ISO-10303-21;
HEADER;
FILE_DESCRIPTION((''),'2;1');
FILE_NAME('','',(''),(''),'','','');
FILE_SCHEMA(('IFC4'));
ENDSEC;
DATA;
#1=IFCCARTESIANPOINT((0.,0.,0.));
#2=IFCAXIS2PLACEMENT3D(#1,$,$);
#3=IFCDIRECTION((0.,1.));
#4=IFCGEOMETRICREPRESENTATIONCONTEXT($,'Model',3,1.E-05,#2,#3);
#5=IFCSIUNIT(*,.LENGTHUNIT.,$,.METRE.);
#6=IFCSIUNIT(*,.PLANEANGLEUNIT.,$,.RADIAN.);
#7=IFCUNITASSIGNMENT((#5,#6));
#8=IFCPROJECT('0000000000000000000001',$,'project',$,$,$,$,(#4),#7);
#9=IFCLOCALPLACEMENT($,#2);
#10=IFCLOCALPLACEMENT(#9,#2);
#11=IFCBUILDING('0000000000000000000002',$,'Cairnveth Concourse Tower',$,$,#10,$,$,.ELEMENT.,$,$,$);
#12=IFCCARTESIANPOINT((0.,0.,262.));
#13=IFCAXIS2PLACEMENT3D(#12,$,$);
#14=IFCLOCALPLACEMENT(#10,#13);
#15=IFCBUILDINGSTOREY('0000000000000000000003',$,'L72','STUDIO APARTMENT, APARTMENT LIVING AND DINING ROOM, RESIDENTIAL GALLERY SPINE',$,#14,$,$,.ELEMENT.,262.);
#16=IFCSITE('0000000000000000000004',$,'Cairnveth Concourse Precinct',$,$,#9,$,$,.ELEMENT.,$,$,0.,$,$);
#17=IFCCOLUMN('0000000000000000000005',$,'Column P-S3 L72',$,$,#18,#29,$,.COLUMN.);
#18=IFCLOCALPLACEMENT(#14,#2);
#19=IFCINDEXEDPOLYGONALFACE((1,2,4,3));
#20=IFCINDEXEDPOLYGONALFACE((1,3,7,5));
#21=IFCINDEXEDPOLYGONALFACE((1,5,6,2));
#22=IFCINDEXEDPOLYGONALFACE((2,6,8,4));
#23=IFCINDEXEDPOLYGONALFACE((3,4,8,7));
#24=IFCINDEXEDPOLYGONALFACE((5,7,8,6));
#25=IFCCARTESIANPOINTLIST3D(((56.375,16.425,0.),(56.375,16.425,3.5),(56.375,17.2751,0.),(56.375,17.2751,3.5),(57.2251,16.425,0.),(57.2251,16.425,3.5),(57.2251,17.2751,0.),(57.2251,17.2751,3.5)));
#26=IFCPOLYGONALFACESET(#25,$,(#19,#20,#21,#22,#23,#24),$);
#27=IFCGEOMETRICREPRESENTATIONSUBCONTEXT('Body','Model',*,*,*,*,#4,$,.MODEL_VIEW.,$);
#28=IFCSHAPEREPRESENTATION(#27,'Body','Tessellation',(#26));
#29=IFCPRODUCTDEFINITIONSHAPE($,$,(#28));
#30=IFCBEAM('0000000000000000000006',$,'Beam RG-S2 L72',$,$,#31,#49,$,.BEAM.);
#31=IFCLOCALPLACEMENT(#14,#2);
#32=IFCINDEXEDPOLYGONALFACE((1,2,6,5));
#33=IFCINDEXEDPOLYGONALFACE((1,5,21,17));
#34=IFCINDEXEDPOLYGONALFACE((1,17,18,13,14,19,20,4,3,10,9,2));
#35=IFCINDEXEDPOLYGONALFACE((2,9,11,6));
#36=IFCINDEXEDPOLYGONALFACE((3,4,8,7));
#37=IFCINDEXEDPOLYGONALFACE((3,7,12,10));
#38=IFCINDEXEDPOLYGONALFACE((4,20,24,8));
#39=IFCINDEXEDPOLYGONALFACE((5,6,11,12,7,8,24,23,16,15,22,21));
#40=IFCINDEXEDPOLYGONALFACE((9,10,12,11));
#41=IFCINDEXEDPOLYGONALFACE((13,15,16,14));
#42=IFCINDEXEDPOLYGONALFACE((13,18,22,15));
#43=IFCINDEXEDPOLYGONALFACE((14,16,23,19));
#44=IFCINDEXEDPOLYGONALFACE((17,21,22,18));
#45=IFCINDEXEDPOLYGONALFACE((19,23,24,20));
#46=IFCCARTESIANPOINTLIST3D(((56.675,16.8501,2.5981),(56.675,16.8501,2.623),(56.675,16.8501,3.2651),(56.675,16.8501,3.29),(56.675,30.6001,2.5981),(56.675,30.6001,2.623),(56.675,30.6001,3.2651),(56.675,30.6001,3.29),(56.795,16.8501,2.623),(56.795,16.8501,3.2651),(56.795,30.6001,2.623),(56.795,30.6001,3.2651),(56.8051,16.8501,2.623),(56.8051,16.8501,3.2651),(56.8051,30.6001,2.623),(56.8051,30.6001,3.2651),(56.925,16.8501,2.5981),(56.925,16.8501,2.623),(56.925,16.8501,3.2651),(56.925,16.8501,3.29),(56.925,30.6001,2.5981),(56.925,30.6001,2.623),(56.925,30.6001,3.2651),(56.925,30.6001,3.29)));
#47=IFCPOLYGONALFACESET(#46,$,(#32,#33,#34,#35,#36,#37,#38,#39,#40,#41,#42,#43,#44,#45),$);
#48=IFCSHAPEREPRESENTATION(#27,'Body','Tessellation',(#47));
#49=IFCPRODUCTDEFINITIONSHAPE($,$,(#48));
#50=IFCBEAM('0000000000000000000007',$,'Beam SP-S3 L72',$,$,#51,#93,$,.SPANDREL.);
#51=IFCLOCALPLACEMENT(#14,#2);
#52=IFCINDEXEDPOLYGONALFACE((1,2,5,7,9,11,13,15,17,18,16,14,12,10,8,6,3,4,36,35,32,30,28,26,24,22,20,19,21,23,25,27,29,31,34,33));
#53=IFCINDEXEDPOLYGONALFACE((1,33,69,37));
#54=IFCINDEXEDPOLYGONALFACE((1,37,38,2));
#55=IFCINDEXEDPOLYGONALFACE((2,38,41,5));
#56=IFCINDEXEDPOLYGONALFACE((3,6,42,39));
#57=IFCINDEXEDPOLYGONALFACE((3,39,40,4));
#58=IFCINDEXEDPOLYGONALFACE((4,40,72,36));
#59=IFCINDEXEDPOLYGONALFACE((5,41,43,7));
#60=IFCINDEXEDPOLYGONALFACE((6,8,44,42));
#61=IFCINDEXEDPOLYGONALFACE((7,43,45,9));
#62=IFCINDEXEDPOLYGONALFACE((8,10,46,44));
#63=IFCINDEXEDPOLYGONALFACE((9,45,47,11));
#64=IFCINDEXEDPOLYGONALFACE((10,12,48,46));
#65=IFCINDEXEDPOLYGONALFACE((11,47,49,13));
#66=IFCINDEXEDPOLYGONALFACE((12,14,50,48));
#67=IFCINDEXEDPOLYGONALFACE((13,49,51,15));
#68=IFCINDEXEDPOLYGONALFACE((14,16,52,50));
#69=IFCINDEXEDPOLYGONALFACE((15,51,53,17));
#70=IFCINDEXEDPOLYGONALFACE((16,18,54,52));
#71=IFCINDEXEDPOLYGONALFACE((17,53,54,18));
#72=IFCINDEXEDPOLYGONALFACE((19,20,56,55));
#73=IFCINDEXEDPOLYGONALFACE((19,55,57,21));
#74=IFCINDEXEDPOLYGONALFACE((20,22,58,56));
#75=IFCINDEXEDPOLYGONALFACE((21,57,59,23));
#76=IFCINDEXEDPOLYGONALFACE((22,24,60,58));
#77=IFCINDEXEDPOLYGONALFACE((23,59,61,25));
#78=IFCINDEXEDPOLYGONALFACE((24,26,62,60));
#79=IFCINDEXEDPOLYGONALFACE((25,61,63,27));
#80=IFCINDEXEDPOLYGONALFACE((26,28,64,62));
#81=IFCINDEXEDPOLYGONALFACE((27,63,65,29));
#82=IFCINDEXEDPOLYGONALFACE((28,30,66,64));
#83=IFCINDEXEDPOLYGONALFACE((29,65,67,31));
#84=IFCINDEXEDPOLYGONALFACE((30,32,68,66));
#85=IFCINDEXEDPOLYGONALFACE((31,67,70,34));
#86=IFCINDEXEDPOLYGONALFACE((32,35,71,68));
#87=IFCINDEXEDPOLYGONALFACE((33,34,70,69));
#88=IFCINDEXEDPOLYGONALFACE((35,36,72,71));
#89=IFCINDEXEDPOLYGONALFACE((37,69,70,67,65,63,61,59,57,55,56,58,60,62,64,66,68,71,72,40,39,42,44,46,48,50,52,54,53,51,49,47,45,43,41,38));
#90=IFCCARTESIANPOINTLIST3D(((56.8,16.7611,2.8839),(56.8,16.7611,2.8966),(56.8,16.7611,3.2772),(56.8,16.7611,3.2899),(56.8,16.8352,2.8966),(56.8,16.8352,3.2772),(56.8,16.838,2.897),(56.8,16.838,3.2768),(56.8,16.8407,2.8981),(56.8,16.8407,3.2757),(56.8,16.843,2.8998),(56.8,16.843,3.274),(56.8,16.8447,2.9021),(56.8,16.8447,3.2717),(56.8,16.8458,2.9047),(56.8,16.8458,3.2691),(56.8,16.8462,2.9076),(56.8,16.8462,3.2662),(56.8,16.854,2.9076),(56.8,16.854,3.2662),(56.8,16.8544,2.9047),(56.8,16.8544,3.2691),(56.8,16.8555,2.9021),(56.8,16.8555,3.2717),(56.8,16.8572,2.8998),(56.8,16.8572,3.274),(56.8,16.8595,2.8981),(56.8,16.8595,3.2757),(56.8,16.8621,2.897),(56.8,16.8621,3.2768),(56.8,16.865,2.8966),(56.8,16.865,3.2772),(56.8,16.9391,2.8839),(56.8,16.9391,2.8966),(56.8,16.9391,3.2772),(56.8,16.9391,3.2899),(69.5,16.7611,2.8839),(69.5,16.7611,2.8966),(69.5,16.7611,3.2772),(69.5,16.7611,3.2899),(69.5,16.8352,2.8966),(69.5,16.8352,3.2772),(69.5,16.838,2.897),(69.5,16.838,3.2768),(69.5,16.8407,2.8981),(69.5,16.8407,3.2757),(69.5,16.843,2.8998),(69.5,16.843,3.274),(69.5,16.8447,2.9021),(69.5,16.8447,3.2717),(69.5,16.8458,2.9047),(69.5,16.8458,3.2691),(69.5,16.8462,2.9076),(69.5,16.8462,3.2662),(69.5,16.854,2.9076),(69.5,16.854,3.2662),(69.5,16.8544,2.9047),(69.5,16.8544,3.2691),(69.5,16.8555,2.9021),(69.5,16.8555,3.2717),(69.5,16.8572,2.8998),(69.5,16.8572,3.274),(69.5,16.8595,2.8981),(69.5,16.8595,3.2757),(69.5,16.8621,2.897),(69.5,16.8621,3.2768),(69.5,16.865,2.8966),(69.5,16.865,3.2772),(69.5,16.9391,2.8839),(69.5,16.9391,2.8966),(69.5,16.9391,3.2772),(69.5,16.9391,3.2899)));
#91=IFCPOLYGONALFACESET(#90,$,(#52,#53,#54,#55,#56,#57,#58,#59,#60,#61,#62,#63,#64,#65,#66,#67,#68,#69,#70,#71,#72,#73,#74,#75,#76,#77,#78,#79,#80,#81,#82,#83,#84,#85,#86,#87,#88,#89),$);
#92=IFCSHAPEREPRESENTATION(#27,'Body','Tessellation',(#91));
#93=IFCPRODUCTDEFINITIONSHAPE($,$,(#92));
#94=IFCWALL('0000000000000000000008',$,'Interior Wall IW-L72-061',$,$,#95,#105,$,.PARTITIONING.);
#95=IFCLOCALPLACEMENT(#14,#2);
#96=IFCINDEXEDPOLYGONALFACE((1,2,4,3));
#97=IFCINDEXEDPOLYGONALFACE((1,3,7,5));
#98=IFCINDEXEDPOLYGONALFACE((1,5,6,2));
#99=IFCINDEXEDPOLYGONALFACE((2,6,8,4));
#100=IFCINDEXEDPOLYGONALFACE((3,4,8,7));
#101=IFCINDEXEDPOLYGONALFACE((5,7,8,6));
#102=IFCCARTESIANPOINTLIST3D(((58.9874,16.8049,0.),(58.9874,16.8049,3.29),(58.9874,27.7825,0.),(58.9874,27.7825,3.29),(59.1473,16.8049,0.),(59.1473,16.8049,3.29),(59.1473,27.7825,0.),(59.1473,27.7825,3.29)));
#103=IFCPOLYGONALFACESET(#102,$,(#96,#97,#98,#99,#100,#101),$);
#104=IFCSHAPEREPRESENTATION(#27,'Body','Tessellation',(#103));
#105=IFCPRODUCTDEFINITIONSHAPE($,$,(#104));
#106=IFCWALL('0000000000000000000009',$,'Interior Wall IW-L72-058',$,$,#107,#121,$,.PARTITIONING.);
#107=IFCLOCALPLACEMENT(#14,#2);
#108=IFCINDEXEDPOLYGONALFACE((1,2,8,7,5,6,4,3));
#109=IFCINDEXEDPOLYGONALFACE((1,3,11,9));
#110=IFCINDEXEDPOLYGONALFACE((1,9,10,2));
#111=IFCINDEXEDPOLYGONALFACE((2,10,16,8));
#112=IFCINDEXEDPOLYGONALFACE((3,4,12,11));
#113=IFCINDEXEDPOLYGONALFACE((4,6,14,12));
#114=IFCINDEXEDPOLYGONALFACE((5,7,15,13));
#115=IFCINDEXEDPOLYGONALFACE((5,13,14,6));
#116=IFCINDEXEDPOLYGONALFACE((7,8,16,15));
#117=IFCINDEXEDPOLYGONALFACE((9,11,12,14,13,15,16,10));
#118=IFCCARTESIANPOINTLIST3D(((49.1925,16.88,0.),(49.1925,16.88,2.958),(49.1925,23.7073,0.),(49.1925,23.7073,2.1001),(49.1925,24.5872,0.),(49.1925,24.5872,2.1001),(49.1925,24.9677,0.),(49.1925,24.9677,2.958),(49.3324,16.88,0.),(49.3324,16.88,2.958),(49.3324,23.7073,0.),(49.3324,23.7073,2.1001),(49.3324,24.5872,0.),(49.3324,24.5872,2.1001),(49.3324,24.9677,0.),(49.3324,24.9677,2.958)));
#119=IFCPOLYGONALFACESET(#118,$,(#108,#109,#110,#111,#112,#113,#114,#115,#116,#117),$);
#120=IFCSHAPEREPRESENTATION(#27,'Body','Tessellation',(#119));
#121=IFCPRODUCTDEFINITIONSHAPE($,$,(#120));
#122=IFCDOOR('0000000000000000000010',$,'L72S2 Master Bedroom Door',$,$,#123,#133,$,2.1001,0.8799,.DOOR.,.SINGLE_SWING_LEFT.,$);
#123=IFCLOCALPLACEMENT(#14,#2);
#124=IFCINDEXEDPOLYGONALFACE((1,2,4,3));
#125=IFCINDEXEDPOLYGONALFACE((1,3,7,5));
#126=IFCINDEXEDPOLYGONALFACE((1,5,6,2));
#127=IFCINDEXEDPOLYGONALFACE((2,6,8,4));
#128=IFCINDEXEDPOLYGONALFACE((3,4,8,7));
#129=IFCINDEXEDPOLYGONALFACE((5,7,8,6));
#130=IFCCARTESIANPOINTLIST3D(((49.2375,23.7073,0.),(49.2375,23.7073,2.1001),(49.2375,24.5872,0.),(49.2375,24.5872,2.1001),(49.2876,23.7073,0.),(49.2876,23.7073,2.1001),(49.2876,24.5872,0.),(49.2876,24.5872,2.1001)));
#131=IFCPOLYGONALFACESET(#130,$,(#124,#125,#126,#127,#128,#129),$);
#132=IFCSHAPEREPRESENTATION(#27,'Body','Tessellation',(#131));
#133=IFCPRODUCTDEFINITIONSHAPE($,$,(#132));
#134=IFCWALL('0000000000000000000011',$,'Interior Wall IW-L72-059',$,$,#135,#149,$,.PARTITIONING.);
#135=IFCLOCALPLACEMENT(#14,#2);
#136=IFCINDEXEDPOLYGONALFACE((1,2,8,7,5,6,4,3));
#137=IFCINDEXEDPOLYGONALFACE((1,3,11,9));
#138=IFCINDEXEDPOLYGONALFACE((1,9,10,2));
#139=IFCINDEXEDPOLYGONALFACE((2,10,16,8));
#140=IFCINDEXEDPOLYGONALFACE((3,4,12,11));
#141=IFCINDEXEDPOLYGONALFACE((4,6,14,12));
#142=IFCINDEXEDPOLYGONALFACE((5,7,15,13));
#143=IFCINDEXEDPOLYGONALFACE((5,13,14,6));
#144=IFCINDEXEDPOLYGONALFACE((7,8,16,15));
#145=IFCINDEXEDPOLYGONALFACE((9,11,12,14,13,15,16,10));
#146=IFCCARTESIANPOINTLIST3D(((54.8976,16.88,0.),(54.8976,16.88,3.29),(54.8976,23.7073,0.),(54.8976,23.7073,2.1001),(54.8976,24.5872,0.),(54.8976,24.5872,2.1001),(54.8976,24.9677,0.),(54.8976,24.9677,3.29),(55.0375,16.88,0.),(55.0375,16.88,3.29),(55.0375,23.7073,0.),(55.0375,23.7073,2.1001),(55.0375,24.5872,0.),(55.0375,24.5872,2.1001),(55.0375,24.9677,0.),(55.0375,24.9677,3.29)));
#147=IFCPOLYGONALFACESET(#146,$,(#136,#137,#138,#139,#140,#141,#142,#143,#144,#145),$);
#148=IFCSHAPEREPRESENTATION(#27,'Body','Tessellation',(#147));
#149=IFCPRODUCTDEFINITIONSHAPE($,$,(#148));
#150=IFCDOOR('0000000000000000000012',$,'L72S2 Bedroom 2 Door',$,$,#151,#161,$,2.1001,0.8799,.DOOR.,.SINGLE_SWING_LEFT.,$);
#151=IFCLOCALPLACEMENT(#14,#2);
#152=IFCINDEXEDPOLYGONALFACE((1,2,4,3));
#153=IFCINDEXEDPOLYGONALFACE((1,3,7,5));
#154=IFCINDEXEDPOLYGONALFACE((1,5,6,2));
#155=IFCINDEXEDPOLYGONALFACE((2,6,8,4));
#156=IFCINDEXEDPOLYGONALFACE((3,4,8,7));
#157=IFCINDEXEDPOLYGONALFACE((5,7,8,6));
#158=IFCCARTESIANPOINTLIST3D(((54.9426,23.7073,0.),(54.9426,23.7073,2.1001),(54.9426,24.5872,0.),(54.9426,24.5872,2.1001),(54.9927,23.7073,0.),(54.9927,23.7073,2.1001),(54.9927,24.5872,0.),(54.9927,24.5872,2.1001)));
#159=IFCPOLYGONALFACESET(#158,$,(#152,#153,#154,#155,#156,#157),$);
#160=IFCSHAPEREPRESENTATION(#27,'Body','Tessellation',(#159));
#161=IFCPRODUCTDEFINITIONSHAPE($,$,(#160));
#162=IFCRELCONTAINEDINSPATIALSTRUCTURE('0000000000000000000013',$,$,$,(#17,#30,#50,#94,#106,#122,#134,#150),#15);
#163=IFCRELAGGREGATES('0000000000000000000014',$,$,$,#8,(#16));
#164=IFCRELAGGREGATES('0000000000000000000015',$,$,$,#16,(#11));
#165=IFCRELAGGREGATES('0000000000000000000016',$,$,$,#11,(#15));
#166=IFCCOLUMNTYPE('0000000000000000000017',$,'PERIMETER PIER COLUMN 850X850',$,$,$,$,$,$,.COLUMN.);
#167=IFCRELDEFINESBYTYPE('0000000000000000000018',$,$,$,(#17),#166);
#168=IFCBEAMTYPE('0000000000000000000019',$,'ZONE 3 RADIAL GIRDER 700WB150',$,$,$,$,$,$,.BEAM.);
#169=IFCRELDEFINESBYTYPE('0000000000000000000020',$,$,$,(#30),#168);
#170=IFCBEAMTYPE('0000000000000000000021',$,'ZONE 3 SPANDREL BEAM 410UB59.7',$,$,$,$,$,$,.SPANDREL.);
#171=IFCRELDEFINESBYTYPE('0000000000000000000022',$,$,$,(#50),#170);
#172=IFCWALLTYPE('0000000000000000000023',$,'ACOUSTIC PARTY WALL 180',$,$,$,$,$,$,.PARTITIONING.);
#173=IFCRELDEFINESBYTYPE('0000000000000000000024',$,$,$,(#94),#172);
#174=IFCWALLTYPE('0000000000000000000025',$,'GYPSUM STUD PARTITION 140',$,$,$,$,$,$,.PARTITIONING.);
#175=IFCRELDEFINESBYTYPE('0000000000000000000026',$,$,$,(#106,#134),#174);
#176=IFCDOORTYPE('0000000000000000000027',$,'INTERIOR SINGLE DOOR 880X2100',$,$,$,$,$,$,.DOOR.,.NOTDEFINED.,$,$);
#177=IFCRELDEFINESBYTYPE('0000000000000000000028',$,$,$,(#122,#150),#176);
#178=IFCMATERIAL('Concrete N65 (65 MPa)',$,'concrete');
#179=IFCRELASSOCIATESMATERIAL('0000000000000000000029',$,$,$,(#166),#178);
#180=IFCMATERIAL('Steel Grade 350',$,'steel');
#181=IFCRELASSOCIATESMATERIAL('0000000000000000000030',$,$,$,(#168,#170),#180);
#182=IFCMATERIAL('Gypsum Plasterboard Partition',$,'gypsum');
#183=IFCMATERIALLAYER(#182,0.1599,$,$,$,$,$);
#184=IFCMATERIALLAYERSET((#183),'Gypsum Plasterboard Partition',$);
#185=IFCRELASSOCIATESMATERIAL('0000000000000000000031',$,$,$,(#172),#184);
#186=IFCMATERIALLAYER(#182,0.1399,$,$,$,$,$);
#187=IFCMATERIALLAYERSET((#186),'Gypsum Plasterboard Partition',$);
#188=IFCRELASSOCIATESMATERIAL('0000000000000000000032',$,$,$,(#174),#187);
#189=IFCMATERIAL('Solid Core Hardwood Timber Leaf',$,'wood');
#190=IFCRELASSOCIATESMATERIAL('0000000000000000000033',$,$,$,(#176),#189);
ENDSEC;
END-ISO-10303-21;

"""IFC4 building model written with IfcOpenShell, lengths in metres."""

from ifc_helpers import new_model, si_unit, direction, frame, frame_2d, origin, origin_2d, place, context, subcontext, project, spatial, rectangle, i_section, extrude, material, layer, layer_set, material_profile, profile_set, type_object, element, fill, save


model = new_model("IFC4")

# Units and contexts
model_context = context("Model", 3, precision=1e-05, world=origin(), true_north=direction((0.0, 1.0)))
body_context = subcontext(model_context, "Body", "Model", "MODEL_VIEW")
ifc_project = project(units=[si_unit("LENGTHUNIT", "METRE"), si_unit("PLANEANGLEUNIT", "RADIAN")], contexts=[model_context])

# Site, building, storey
site_placement = place(None, origin())
site = spatial("IfcSite", under=ifc_project, at=site_placement, Name="Cairnveth Concourse Precinct", CompositionType="ELEMENT", RefElevation=0.0)
building_placement = place(site_placement, origin())
building = spatial("IfcBuilding", under=site, at=building_placement, Name="Cairnveth Concourse Tower", CompositionType="ELEMENT")
storey_placement = place(building_placement, frame((0.0, 0.0, 262.0)))
storey = spatial("IfcBuildingStorey", under=building, at=storey_placement, Name="L72", Description="STUDIO APARTMENT, APARTMENT LIVING AND DINING ROOM, RESIDENTIAL GALLERY SPINE", CompositionType="ELEMENT", Elevation=262.0)

# Column
ifc_material_1 = material(Name="Concrete N65 (65 MPa)", Category="concrete")
ifc_material_profile_1 = material_profile(ifc_material_1, rectangle(XDim=0.8501, YDim=0.8501, at=origin_2d()), Name="RC-COL-850x850")
ifc_profile_set_1 = profile_set([ifc_material_profile_1], Name="Concrete N65 (65 MPa)")
column_type = type_object("IfcColumnType", Name="PERIMETER PIER COLUMN 850X850", PredefinedType="COLUMN", material=ifc_profile_set_1)
column_placement = place(storey_placement, frame((56.8, 16.8501, 0.0), z_axis=(0.0, 0.0, 1.0), x_axis=(1.0, 0.0, 0.0)))
element("IfcColumn", 1, at=column_placement, inside=storey, type_object=column_type, Name="Column P-S3 L72", PredefinedType="COLUMN", context=body_context, shape_type="SweptSolid", body=[
    extrude(rectangle(XDim=0.8501, YDim=0.8501, at=origin_2d()), origin(), (0.0, 0.0, 1.0), 3.5),
])

# Beams
ifc_material_2 = material(Name="Steel Grade 350", Category="steel")
ifc_material_profile_2 = material_profile(ifc_material_2, i_section(OverallWidth=0.25, OverallDepth=0.6919, WebThickness=0.01, FlangeThickness=0.0249, at=origin_2d()), Name="700WB150")
ifc_profile_set_2 = profile_set([ifc_material_profile_2], Name="Steel Grade 350")
beam_type_1 = type_object("IfcBeamType", Name="ZONE 3 RADIAL GIRDER 700WB150", PredefinedType="BEAM", material=ifc_profile_set_2)
beam_1_placement = place(storey_placement, frame((56.8, 16.8501, 2.9441), z_axis=(0.0, 1.0, 0.0), x_axis=(-1.0, 0.0, 0.0)))
element("IfcBeam", 2, at=beam_1_placement, inside=storey, type_object=beam_type_1, Name="Beam RG-S2 L72", PredefinedType="BEAM", context=body_context, shape_type="SweptSolid", body=[
    extrude(i_section(OverallWidth=0.25, OverallDepth=0.6919, WebThickness=0.01, FlangeThickness=0.0249, at=origin_2d()), origin(), (0.0, 0.0, 1.0), 13.75),
])
ifc_material_profile_3 = material_profile(ifc_material_2, i_section(OverallWidth=0.178, OverallDepth=0.406, WebThickness=0.0078, FlangeThickness=0.0127, FilletRadius=0.011, at=origin_2d()), Name="410UB59.7")
ifc_profile_set_3 = profile_set([ifc_material_profile_3], Name="Steel Grade 350")
beam_type_2 = type_object("IfcBeamType", Name="ZONE 3 SPANDREL BEAM 410UB59.7", PredefinedType="SPANDREL", material=ifc_profile_set_3)
beam_2_placement = place(storey_placement, frame((56.8, 16.8501, 3.0869), z_axis=(1.0, 0.0, 0.0), x_axis=(0.0, 1.0, 0.0)))
element("IfcBeam", 3, at=beam_2_placement, inside=storey, type_object=beam_type_2, Name="Beam SP-S3 L72", PredefinedType="SPANDREL", context=body_context, shape_type="SweptSolid", body=[
    extrude(i_section(OverallWidth=0.178, OverallDepth=0.406, WebThickness=0.0078, FlangeThickness=0.0127, FilletRadius=0.011, at=origin_2d()), origin(), (0.0, 0.0, 1.0), 12.7),
])

# Wall
ifc_material_3 = material(Name="Gypsum Plasterboard Partition", Category="gypsum")
ifc_layer_1 = layer(ifc_material_3, 0.1599)
ifc_layer_set_1 = layer_set([ifc_layer_1], Name="Gypsum Plasterboard Partition")
wall_type_1 = type_object("IfcWallType", Name="ACOUSTIC PARTY WALL 180", PredefinedType="PARTITIONING", material=ifc_layer_set_1)
wall_1_placement = place(storey_placement, frame((59.0674, 16.8049, 0.0), z_axis=(0.0, 0.0, 1.0), x_axis=(0.0, 1.0, 0.0)))
element("IfcWall", 4, at=wall_1_placement, inside=storey, type_object=wall_type_1, Name="Interior Wall IW-L72-061", PredefinedType="PARTITIONING", context=body_context, shape_type="SweptSolid", body=[
    extrude(rectangle(XDim=10.9775, YDim=0.1599, at=frame_2d((5.4888, 0.0))), origin(), (0.0, 0.0, 1.0), 3.29),
])

# Walls, openings, doors
ifc_layer_2 = layer(ifc_material_3, 0.1399)
ifc_layer_set_2 = layer_set([ifc_layer_2], Name="Gypsum Plasterboard Partition")
wall_type_2 = type_object("IfcWallType", Name="GYPSUM STUD PARTITION 140", PredefinedType="PARTITIONING", material=ifc_layer_set_2)
wall_2_placement = place(storey_placement, frame((49.2625, 16.8799, 0.0), z_axis=(0.0, 0.0, 1.0), x_axis=(0.0, 1.0, 0.0)))
wall_2 = element("IfcWall", 5, at=wall_2_placement, inside=storey, type_object=wall_type_2, Name="Interior Wall IW-L72-058", PredefinedType="PARTITIONING", context=body_context, shape_type="SweptSolid", body=[
    extrude(rectangle(XDim=8.0876, YDim=0.1399, at=frame_2d((4.0439, 0.0))), origin(), (0.0, 0.0, 1.0), 2.958),
])
opening_1_placement = place(wall_2_placement, frame((6.8274, 0.0, 0.0)))
opening_1 = element("IfcOpeningElement", 6, at=opening_1_placement, cuts=wall_2, PredefinedType="OPENING", context=body_context, shape_type="SweptSolid", body=[
    extrude(rectangle(XDim=0.8799, YDim=2.1001, at=frame_2d((0.4399, 1.05))), frame((0.0, 0.0798, 0.0), z_axis=(0.0, -1.0, 0.0), x_axis=(1.0, 0.0, 0.0)), (0.0, 0.0, 1.0), 0.1599),
])
ifc_material_4 = material(Name="Solid Core Hardwood Timber Leaf", Category="wood")
door_type_1 = type_object("IfcDoorType", Name="INTERIOR SINGLE DOOR 880X2100", OperationType="NOTDEFINED", PredefinedType="DOOR", material=ifc_material_4)
door_1_placement = place(opening_1_placement, origin())
door_1 = element("IfcDoor", 7, at=door_1_placement, inside=storey, type_object=door_type_1, Name="L72S2 Master Bedroom Door", OperationType="SINGLE_SWING_LEFT", OverallHeight=2.1001, OverallWidth=0.8799, PredefinedType="DOOR", context=body_context, shape_type="SweptSolid", body=[
    extrude(rectangle(XDim=0.8799, YDim=2.1001, at=frame_2d((0.4399, 1.05))), frame((0.0, 0.0249, 0.0), z_axis=(0.0, -1.0, 0.0), x_axis=(1.0, 0.0, 0.0)), (0.0, 0.0, 1.0), 0.05),
])
fill(opening_1, door_1)
wall_3_placement = place(storey_placement, frame((54.9675, 16.8799, 0.0), z_axis=(0.0, 0.0, 1.0), x_axis=(0.0, 1.0, 0.0)))
wall_3 = element("IfcWall", 8, at=wall_3_placement, inside=storey, type_object=wall_type_2, Name="Interior Wall IW-L72-059", PredefinedType="PARTITIONING", context=body_context, shape_type="SweptSolid", body=[
    extrude(rectangle(XDim=8.0876, YDim=0.1399, at=frame_2d((4.0439, 0.0))), origin(), (0.0, 0.0, 1.0), 3.29),
])
opening_2_placement = place(wall_3_placement, frame((6.8274, 0.0, 0.0)))
opening_2 = element("IfcOpeningElement", 9, at=opening_2_placement, cuts=wall_3, PredefinedType="OPENING", context=body_context, shape_type="SweptSolid", body=[
    extrude(rectangle(XDim=0.8799, YDim=2.1001, at=frame_2d((0.4399, 1.05))), frame((0.0, 0.0798, 0.0), z_axis=(0.0, -1.0, 0.0), x_axis=(1.0, 0.0, 0.0)), (0.0, 0.0, 1.0), 0.1599),
])
door_2_placement = place(opening_2_placement, origin())
door_2 = element("IfcDoor", 10, at=door_2_placement, inside=storey, type_object=door_type_1, Name="L72S2 Bedroom 2 Door", OperationType="SINGLE_SWING_LEFT", OverallHeight=2.1001, OverallWidth=0.8799, PredefinedType="DOOR", context=body_context, shape_type="SweptSolid", body=[
    extrude(rectangle(XDim=0.8799, YDim=2.1001, at=frame_2d((0.4399, 1.05))), frame((0.0, 0.0249, 0.0), z_axis=(0.0, -1.0, 0.0), x_axis=(1.0, 0.0, 0.0)), (0.0, 0.0, 1.0), 0.05),
])
fill(opening_2, door_2)

save(model, "model.ifc")
